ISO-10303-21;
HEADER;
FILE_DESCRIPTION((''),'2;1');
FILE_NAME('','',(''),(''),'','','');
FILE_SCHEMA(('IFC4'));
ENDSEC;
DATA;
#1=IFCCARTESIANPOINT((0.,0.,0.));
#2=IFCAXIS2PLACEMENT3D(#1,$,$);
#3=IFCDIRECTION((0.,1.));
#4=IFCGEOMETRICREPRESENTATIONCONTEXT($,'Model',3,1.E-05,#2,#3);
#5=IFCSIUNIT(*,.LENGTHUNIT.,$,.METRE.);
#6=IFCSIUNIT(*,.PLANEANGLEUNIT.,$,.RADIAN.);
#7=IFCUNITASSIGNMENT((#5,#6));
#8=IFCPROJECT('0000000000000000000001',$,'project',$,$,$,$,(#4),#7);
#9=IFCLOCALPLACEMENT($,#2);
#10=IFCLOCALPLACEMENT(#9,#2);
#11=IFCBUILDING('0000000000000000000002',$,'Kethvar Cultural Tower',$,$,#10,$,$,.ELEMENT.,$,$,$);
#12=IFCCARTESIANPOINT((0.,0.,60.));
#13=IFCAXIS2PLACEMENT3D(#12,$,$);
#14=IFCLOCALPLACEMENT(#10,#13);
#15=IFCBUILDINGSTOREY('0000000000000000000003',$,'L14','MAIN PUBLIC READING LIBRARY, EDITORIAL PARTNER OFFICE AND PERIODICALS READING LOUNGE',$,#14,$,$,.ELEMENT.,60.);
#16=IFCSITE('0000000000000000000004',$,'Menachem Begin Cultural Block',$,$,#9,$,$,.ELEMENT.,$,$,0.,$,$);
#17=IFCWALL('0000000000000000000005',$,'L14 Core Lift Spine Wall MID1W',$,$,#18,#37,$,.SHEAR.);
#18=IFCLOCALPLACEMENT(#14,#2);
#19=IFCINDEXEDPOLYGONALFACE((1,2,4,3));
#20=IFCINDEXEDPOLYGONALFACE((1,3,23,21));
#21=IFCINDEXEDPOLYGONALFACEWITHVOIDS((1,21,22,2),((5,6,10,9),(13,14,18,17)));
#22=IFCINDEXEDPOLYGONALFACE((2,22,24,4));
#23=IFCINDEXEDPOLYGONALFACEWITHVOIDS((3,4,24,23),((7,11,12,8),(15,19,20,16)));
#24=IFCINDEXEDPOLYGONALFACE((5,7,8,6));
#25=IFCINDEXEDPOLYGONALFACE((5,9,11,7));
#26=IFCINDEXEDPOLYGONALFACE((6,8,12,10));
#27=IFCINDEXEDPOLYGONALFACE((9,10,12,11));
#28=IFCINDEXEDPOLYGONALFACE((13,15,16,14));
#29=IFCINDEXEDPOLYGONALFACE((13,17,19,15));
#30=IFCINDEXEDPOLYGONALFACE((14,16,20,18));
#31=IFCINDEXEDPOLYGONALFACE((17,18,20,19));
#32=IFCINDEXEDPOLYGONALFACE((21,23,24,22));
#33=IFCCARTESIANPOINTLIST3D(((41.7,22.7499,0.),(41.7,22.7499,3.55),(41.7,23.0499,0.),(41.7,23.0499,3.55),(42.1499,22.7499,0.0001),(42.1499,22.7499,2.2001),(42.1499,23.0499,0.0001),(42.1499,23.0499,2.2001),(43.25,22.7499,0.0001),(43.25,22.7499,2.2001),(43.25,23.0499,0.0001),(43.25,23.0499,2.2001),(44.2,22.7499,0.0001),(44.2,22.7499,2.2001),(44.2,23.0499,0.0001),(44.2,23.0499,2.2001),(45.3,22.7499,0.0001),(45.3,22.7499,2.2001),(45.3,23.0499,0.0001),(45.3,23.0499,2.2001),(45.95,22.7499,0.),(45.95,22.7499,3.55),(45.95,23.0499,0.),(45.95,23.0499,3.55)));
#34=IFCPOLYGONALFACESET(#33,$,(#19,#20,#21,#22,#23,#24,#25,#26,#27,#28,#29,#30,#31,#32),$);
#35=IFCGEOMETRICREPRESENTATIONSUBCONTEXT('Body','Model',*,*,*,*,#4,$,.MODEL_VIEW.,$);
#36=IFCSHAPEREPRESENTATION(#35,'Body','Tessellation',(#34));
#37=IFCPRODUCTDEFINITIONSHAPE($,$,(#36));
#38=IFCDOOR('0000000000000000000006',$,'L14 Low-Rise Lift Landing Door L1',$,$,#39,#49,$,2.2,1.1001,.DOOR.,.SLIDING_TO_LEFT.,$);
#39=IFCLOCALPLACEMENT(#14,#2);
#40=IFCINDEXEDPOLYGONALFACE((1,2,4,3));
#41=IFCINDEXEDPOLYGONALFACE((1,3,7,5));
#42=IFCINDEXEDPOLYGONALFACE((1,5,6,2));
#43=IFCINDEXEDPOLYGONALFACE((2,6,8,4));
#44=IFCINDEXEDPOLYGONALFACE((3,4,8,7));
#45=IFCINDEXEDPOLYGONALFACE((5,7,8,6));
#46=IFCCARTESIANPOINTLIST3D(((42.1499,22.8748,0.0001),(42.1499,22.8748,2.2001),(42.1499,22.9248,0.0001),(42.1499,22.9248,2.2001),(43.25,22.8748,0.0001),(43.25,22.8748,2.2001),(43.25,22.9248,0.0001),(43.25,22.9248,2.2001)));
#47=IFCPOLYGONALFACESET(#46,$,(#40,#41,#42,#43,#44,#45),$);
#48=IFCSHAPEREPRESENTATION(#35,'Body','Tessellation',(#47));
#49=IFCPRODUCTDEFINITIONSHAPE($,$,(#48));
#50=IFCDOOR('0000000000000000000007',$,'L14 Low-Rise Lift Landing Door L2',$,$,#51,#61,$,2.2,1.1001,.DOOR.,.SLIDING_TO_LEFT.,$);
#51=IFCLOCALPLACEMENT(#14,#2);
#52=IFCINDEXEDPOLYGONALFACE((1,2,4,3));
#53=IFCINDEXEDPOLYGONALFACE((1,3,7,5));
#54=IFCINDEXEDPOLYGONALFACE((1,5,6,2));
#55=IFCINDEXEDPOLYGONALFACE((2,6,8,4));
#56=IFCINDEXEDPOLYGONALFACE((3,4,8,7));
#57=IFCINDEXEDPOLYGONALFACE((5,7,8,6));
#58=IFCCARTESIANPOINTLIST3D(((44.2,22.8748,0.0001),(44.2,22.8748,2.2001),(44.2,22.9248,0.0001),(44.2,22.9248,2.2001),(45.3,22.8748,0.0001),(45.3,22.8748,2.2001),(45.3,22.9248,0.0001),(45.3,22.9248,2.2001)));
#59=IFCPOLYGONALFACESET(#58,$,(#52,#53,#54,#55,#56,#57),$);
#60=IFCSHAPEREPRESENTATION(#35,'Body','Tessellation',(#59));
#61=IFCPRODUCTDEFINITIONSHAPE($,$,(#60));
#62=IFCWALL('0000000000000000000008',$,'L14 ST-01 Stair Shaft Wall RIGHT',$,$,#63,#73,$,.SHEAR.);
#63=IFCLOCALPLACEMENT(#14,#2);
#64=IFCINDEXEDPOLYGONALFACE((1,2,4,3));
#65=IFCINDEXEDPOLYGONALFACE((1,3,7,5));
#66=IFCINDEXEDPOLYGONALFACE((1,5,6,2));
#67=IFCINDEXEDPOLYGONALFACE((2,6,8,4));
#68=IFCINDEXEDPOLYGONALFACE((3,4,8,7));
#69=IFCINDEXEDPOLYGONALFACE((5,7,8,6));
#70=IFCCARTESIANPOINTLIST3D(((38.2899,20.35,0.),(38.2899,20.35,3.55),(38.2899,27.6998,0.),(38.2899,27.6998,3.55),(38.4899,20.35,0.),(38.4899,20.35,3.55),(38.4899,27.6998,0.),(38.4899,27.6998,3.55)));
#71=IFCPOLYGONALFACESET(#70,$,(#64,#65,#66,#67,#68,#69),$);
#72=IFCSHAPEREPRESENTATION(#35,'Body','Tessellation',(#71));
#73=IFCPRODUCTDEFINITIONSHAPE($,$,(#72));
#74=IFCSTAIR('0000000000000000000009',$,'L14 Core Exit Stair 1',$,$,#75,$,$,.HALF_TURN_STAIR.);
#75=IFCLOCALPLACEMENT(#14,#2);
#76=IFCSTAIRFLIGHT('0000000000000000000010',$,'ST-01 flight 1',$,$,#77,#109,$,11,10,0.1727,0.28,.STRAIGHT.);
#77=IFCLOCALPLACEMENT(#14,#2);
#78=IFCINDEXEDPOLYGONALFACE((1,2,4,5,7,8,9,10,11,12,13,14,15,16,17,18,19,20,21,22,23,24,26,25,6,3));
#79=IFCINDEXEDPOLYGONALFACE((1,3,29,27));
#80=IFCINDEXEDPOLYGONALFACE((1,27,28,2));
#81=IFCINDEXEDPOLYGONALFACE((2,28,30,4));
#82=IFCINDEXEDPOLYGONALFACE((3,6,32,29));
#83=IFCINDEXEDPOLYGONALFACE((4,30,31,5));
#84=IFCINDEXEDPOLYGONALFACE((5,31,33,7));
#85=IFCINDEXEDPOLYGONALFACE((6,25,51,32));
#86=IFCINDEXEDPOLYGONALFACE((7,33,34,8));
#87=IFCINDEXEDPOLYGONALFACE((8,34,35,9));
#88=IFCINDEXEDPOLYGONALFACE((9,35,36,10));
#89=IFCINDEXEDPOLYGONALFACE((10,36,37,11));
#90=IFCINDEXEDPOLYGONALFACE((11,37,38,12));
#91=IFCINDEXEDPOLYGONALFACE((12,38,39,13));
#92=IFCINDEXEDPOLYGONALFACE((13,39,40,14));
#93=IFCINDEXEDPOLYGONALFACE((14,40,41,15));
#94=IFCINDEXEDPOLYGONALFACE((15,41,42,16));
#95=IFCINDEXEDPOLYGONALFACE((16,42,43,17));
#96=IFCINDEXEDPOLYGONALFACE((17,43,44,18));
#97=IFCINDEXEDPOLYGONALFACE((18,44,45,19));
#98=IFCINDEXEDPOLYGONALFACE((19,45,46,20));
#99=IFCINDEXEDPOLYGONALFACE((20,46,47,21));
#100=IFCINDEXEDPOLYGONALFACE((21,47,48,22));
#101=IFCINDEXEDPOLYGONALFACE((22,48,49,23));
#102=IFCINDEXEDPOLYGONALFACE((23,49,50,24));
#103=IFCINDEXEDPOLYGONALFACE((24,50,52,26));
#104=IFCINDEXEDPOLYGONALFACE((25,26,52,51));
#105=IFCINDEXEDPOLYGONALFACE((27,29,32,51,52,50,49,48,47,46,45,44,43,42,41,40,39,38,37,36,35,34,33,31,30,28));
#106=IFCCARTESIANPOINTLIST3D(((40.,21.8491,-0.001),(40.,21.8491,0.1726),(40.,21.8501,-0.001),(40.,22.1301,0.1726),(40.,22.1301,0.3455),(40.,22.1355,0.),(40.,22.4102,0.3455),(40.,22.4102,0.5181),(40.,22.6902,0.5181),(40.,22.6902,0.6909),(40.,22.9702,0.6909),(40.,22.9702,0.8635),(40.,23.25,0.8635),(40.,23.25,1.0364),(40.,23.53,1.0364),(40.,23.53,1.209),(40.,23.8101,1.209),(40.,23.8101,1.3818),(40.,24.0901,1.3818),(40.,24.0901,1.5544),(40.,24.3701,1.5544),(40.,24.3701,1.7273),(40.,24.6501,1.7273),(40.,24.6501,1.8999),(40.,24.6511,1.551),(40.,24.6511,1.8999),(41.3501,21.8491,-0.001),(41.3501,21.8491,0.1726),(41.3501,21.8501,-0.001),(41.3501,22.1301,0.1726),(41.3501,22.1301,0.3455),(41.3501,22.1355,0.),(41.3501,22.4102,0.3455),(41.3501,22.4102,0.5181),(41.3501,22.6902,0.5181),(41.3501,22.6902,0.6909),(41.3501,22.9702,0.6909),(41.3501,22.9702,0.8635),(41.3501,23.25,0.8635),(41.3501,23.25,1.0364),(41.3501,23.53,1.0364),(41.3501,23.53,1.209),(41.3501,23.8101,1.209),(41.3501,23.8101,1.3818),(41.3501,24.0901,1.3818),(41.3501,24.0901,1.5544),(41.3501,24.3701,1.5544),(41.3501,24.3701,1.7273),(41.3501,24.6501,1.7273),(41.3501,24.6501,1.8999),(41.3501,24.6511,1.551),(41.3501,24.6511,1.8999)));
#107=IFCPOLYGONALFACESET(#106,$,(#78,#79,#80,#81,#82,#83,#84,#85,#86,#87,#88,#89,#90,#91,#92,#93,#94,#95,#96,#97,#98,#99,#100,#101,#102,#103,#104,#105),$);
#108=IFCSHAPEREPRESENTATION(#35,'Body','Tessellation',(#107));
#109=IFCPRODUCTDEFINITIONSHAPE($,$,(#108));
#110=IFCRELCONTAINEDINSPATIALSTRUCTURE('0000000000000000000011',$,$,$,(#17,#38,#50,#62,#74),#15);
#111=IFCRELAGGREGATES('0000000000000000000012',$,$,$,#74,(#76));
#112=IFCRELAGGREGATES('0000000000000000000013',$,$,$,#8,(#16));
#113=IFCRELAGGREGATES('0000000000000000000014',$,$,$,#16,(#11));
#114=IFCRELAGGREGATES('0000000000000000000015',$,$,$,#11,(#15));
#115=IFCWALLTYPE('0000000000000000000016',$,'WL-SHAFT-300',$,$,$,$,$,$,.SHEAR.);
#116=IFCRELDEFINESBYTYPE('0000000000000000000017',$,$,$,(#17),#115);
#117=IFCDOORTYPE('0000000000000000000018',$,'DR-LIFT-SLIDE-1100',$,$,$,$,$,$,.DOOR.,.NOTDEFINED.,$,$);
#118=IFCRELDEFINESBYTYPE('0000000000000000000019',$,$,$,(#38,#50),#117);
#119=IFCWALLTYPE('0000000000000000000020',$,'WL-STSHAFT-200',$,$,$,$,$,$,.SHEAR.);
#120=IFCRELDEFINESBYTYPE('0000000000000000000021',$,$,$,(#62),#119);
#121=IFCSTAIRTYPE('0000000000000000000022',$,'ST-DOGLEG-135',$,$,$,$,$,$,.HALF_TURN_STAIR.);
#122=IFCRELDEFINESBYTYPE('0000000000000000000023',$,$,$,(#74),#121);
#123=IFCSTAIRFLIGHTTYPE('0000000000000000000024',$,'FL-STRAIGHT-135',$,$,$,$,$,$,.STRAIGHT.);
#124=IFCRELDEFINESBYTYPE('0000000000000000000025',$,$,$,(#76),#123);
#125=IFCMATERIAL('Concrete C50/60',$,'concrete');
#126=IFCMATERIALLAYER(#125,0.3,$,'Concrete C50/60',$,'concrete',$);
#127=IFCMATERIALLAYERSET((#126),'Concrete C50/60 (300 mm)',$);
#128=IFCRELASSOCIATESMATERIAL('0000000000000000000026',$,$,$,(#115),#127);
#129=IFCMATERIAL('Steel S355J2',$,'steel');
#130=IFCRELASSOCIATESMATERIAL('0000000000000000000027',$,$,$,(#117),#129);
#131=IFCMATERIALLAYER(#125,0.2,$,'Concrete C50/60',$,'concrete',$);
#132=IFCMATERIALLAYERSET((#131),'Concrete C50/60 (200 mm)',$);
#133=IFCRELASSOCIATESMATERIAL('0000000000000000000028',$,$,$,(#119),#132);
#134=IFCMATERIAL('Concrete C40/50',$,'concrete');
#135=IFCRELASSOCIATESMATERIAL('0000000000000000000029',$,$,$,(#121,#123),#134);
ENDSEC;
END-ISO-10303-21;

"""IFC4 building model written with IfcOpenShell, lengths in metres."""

from ifc_helpers import new_model, si_unit, direction, frame, frame_2d, origin, place, context, subcontext, project, spatial, polyline, rectangle, outline, extrude, source, transform, mapped, material, layer, layer_set, type_object, element, fill, aggregate, save


model = new_model("IFC4")

# Units and contexts
model_context = context("Model", 3, precision=1e-05, world=origin(), true_north=direction((0.0, 1.0)))
body_context = subcontext(model_context, "Body", "Model", "MODEL_VIEW")
ifc_project = project(units=[si_unit("LENGTHUNIT", "METRE"), si_unit("PLANEANGLEUNIT", "RADIAN")], contexts=[model_context])

# Site, building, storey
site_placement = place(None, origin())
site = spatial("IfcSite", under=ifc_project, at=site_placement, Name="Menachem Begin Cultural Block", CompositionType="ELEMENT", RefElevation=0.0)
building_placement = place(site_placement, origin())
building = spatial("IfcBuilding", under=site, at=building_placement, Name="Kethvar Cultural Tower", CompositionType="ELEMENT")
storey_placement = place(building_placement, frame((0.0, 0.0, 60.0)))
storey = spatial("IfcBuildingStorey", under=building, at=storey_placement, Name="L14", Description="MAIN PUBLIC READING LIBRARY, EDITORIAL PARTNER OFFICE AND PERIODICALS READING LOUNGE", CompositionType="ELEMENT", Elevation=60.0)

# Shared definitions
ifc_material_1 = material(Name="Steel S355J2", Category="steel")

# Wall, openings, doors
ifc_material_2 = material(Name="Concrete C50/60", Category="concrete")
ifc_layer_1 = layer(ifc_material_2, 0.3, Name="Concrete C50/60", Category="concrete")
ifc_layer_set_1 = layer_set([ifc_layer_1], Name="Concrete C50/60 (300 mm)")
wall_type_1 = type_object("IfcWallType", Name="WL-SHAFT-300", PredefinedType="SHEAR", material=ifc_layer_set_1)
wall_1_placement = place(storey_placement, frame((41.7, 22.8999, 0.0), z_axis=(0.0, 0.0, 1.0), x_axis=(1.0, 0.0, 0.0)))
wall_1 = element("IfcWall", 1, at=wall_1_placement, inside=storey, type_object=wall_type_1, Name="L14 Core Lift Spine Wall MID1W", PredefinedType="SHEAR", context=body_context, shape_type="SweptSolid", body=[
    extrude(rectangle(XDim=4.25, YDim=0.3, at=frame_2d((2.125, 0.0))), origin(), (0.0, 0.0, 1.0), 3.55),
])
opening_1_placement = place(wall_1_placement, frame((0.45, 0.0, 0.0)))
opening_1 = element("IfcOpeningElement", 2, at=opening_1_placement, cuts=wall_1, PredefinedType="OPENING", context=body_context, shape_type="SweptSolid", body=[
    extrude(rectangle(XDim=1.1001, YDim=2.2, at=frame_2d((0.55, 1.1001))), frame((0.0, 0.1599, 0.0), z_axis=(0.0, -1.0, 0.0), x_axis=(1.0, 0.0, 0.0)), (0.0, 0.0, 1.0), 0.3201),
])
opening_2_placement = place(wall_1_placement, frame((2.5, 0.0, 0.0)))
opening_2 = element("IfcOpeningElement", 3, at=opening_2_placement, cuts=wall_1, PredefinedType="OPENING", context=body_context, shape_type="SweptSolid", body=[
    extrude(rectangle(XDim=1.1001, YDim=2.2, at=frame_2d((0.55, 1.1001))), frame((0.0, 0.1599, 0.0), z_axis=(0.0, -1.0, 0.0), x_axis=(1.0, 0.0, 0.0)), (0.0, 0.0, 1.0), 0.3201),
])
door_type_1 = type_object("IfcDoorType", Name="DR-LIFT-SLIDE-1100", OperationType="NOTDEFINED", PredefinedType="DOOR", material=ifc_material_1)
shared_shape_1 = source(origin(), body_context, "Body", "SweptSolid", [
    extrude(rectangle(XDim=1.1001, YDim=2.2, at=frame_2d((0.55, 1.1001))), frame((0.0, 0.0249, 0.0), z_axis=(0.0, -1.0, 0.0), x_axis=(1.0, 0.0, 0.0)), (0.0, 0.0, 1.0), 0.05),
])
door_1_placement = place(opening_1_placement, origin())
door_1 = element("IfcDoor", 4, at=door_1_placement, inside=storey, type_object=door_type_1, Name="L14 Low-Rise Lift Landing Door L1", OperationType="SLIDING_TO_LEFT", OverallHeight=2.2, OverallWidth=1.1001, PredefinedType="DOOR", context=body_context, shape_type="MappedRepresentation", body=[
    mapped(shared_shape_1, transform((0.0, 0.0, 0.0), scale=1.0)),
])
fill(opening_1, door_1)
door_2_placement = place(opening_2_placement, origin())
door_2 = element("IfcDoor", 5, at=door_2_placement, inside=storey, type_object=door_type_1, Name="L14 Low-Rise Lift Landing Door L2", OperationType="SLIDING_TO_LEFT", OverallHeight=2.2, OverallWidth=1.1001, PredefinedType="DOOR", context=body_context, shape_type="MappedRepresentation", body=[
    mapped(shared_shape_1, transform((0.0, 0.0, 0.0), scale=1.0)),
])
fill(opening_2, door_2)

# Wall
ifc_layer_2 = layer(ifc_material_2, 0.2, Name="Concrete C50/60", Category="concrete")
ifc_layer_set_2 = layer_set([ifc_layer_2], Name="Concrete C50/60 (200 mm)")
wall_type_2 = type_object("IfcWallType", Name="WL-STSHAFT-200", PredefinedType="SHEAR", material=ifc_layer_set_2)
wall_2_placement = place(storey_placement, frame((38.3899, 20.3501, 0.0), z_axis=(0.0, 0.0, 1.0), x_axis=(0.0, 1.0, 0.0)))
element("IfcWall", 6, at=wall_2_placement, inside=storey, type_object=wall_type_2, Name="L14 ST-01 Stair Shaft Wall RIGHT", PredefinedType="SHEAR", context=body_context, shape_type="SweptSolid", body=[
    extrude(rectangle(XDim=7.3499, YDim=0.2, at=frame_2d((3.6748, 0.0))), origin(), (0.0, 0.0, 1.0), 3.55),
])

# Stair, stair flight
ifc_material_3 = material(Name="Concrete C40/50", Category="concrete")
stair_type = type_object("IfcStairType", Name="ST-DOGLEG-135", PredefinedType="HALF_TURN_STAIR", material=ifc_material_3)
stair_placement = place(storey_placement, origin())
stair = element("IfcStair", 7, at=stair_placement, inside=storey, type_object=stair_type, Name="L14 Core Exit Stair 1", PredefinedType="HALF_TURN_STAIR")
stair_flight_type = type_object("IfcStairFlightType", Name="FL-STRAIGHT-135", PredefinedType="STRAIGHT", material=ifc_material_3)
stair_flight_placement = place(storey_placement, frame((40.675, 21.8501, 0.0), z_axis=(0.0, 0.0, 1.0), x_axis=(0.0, 1.0, 0.0)))
stair_flight = element("IfcStairFlight", 8, at=stair_flight_placement, type_object=stair_flight_type, Name="ST-01 flight 1", NumberOfRisers=11, NumberOfTreads=10, PredefinedType="STRAIGHT", RiserHeight=0.1727, TreadLength=0.28, context=body_context, shape_type="SweptSolid", body=[
    extrude(outline(polyline([(-0.001, -0.001), (-0.001, 0.1726), (0.28, 0.1726), (0.28, 0.3455), (0.5601, 0.3455), (0.5601, 0.5181), (0.8401, 0.5181), (0.8401, 0.6909), (1.1201, 0.6909), (1.1201, 0.8635), (1.3999, 0.8635), (1.3999, 1.0364), (1.6799, 1.0364), (1.6799, 1.209), (1.96, 1.209), (1.96, 1.3818), (2.24, 1.3818), (2.24, 1.5544), (2.52, 1.5544), (2.52, 1.7273), (2.8, 1.7273), (2.8, 1.8999), (2.801, 1.8999), (2.801, 1.551), (0.2854, 0.0), (0.0, -0.001), (-0.001, -0.001)])), frame((0.0, 0.675, 0.0), z_axis=(0.0, -1.0, 0.0), x_axis=(1.0, 0.0, 0.0)), (0.0, 0.0, 1.0), 1.3501),
])
aggregate(stair, [stair_flight])

save(model, "model.ifc")
